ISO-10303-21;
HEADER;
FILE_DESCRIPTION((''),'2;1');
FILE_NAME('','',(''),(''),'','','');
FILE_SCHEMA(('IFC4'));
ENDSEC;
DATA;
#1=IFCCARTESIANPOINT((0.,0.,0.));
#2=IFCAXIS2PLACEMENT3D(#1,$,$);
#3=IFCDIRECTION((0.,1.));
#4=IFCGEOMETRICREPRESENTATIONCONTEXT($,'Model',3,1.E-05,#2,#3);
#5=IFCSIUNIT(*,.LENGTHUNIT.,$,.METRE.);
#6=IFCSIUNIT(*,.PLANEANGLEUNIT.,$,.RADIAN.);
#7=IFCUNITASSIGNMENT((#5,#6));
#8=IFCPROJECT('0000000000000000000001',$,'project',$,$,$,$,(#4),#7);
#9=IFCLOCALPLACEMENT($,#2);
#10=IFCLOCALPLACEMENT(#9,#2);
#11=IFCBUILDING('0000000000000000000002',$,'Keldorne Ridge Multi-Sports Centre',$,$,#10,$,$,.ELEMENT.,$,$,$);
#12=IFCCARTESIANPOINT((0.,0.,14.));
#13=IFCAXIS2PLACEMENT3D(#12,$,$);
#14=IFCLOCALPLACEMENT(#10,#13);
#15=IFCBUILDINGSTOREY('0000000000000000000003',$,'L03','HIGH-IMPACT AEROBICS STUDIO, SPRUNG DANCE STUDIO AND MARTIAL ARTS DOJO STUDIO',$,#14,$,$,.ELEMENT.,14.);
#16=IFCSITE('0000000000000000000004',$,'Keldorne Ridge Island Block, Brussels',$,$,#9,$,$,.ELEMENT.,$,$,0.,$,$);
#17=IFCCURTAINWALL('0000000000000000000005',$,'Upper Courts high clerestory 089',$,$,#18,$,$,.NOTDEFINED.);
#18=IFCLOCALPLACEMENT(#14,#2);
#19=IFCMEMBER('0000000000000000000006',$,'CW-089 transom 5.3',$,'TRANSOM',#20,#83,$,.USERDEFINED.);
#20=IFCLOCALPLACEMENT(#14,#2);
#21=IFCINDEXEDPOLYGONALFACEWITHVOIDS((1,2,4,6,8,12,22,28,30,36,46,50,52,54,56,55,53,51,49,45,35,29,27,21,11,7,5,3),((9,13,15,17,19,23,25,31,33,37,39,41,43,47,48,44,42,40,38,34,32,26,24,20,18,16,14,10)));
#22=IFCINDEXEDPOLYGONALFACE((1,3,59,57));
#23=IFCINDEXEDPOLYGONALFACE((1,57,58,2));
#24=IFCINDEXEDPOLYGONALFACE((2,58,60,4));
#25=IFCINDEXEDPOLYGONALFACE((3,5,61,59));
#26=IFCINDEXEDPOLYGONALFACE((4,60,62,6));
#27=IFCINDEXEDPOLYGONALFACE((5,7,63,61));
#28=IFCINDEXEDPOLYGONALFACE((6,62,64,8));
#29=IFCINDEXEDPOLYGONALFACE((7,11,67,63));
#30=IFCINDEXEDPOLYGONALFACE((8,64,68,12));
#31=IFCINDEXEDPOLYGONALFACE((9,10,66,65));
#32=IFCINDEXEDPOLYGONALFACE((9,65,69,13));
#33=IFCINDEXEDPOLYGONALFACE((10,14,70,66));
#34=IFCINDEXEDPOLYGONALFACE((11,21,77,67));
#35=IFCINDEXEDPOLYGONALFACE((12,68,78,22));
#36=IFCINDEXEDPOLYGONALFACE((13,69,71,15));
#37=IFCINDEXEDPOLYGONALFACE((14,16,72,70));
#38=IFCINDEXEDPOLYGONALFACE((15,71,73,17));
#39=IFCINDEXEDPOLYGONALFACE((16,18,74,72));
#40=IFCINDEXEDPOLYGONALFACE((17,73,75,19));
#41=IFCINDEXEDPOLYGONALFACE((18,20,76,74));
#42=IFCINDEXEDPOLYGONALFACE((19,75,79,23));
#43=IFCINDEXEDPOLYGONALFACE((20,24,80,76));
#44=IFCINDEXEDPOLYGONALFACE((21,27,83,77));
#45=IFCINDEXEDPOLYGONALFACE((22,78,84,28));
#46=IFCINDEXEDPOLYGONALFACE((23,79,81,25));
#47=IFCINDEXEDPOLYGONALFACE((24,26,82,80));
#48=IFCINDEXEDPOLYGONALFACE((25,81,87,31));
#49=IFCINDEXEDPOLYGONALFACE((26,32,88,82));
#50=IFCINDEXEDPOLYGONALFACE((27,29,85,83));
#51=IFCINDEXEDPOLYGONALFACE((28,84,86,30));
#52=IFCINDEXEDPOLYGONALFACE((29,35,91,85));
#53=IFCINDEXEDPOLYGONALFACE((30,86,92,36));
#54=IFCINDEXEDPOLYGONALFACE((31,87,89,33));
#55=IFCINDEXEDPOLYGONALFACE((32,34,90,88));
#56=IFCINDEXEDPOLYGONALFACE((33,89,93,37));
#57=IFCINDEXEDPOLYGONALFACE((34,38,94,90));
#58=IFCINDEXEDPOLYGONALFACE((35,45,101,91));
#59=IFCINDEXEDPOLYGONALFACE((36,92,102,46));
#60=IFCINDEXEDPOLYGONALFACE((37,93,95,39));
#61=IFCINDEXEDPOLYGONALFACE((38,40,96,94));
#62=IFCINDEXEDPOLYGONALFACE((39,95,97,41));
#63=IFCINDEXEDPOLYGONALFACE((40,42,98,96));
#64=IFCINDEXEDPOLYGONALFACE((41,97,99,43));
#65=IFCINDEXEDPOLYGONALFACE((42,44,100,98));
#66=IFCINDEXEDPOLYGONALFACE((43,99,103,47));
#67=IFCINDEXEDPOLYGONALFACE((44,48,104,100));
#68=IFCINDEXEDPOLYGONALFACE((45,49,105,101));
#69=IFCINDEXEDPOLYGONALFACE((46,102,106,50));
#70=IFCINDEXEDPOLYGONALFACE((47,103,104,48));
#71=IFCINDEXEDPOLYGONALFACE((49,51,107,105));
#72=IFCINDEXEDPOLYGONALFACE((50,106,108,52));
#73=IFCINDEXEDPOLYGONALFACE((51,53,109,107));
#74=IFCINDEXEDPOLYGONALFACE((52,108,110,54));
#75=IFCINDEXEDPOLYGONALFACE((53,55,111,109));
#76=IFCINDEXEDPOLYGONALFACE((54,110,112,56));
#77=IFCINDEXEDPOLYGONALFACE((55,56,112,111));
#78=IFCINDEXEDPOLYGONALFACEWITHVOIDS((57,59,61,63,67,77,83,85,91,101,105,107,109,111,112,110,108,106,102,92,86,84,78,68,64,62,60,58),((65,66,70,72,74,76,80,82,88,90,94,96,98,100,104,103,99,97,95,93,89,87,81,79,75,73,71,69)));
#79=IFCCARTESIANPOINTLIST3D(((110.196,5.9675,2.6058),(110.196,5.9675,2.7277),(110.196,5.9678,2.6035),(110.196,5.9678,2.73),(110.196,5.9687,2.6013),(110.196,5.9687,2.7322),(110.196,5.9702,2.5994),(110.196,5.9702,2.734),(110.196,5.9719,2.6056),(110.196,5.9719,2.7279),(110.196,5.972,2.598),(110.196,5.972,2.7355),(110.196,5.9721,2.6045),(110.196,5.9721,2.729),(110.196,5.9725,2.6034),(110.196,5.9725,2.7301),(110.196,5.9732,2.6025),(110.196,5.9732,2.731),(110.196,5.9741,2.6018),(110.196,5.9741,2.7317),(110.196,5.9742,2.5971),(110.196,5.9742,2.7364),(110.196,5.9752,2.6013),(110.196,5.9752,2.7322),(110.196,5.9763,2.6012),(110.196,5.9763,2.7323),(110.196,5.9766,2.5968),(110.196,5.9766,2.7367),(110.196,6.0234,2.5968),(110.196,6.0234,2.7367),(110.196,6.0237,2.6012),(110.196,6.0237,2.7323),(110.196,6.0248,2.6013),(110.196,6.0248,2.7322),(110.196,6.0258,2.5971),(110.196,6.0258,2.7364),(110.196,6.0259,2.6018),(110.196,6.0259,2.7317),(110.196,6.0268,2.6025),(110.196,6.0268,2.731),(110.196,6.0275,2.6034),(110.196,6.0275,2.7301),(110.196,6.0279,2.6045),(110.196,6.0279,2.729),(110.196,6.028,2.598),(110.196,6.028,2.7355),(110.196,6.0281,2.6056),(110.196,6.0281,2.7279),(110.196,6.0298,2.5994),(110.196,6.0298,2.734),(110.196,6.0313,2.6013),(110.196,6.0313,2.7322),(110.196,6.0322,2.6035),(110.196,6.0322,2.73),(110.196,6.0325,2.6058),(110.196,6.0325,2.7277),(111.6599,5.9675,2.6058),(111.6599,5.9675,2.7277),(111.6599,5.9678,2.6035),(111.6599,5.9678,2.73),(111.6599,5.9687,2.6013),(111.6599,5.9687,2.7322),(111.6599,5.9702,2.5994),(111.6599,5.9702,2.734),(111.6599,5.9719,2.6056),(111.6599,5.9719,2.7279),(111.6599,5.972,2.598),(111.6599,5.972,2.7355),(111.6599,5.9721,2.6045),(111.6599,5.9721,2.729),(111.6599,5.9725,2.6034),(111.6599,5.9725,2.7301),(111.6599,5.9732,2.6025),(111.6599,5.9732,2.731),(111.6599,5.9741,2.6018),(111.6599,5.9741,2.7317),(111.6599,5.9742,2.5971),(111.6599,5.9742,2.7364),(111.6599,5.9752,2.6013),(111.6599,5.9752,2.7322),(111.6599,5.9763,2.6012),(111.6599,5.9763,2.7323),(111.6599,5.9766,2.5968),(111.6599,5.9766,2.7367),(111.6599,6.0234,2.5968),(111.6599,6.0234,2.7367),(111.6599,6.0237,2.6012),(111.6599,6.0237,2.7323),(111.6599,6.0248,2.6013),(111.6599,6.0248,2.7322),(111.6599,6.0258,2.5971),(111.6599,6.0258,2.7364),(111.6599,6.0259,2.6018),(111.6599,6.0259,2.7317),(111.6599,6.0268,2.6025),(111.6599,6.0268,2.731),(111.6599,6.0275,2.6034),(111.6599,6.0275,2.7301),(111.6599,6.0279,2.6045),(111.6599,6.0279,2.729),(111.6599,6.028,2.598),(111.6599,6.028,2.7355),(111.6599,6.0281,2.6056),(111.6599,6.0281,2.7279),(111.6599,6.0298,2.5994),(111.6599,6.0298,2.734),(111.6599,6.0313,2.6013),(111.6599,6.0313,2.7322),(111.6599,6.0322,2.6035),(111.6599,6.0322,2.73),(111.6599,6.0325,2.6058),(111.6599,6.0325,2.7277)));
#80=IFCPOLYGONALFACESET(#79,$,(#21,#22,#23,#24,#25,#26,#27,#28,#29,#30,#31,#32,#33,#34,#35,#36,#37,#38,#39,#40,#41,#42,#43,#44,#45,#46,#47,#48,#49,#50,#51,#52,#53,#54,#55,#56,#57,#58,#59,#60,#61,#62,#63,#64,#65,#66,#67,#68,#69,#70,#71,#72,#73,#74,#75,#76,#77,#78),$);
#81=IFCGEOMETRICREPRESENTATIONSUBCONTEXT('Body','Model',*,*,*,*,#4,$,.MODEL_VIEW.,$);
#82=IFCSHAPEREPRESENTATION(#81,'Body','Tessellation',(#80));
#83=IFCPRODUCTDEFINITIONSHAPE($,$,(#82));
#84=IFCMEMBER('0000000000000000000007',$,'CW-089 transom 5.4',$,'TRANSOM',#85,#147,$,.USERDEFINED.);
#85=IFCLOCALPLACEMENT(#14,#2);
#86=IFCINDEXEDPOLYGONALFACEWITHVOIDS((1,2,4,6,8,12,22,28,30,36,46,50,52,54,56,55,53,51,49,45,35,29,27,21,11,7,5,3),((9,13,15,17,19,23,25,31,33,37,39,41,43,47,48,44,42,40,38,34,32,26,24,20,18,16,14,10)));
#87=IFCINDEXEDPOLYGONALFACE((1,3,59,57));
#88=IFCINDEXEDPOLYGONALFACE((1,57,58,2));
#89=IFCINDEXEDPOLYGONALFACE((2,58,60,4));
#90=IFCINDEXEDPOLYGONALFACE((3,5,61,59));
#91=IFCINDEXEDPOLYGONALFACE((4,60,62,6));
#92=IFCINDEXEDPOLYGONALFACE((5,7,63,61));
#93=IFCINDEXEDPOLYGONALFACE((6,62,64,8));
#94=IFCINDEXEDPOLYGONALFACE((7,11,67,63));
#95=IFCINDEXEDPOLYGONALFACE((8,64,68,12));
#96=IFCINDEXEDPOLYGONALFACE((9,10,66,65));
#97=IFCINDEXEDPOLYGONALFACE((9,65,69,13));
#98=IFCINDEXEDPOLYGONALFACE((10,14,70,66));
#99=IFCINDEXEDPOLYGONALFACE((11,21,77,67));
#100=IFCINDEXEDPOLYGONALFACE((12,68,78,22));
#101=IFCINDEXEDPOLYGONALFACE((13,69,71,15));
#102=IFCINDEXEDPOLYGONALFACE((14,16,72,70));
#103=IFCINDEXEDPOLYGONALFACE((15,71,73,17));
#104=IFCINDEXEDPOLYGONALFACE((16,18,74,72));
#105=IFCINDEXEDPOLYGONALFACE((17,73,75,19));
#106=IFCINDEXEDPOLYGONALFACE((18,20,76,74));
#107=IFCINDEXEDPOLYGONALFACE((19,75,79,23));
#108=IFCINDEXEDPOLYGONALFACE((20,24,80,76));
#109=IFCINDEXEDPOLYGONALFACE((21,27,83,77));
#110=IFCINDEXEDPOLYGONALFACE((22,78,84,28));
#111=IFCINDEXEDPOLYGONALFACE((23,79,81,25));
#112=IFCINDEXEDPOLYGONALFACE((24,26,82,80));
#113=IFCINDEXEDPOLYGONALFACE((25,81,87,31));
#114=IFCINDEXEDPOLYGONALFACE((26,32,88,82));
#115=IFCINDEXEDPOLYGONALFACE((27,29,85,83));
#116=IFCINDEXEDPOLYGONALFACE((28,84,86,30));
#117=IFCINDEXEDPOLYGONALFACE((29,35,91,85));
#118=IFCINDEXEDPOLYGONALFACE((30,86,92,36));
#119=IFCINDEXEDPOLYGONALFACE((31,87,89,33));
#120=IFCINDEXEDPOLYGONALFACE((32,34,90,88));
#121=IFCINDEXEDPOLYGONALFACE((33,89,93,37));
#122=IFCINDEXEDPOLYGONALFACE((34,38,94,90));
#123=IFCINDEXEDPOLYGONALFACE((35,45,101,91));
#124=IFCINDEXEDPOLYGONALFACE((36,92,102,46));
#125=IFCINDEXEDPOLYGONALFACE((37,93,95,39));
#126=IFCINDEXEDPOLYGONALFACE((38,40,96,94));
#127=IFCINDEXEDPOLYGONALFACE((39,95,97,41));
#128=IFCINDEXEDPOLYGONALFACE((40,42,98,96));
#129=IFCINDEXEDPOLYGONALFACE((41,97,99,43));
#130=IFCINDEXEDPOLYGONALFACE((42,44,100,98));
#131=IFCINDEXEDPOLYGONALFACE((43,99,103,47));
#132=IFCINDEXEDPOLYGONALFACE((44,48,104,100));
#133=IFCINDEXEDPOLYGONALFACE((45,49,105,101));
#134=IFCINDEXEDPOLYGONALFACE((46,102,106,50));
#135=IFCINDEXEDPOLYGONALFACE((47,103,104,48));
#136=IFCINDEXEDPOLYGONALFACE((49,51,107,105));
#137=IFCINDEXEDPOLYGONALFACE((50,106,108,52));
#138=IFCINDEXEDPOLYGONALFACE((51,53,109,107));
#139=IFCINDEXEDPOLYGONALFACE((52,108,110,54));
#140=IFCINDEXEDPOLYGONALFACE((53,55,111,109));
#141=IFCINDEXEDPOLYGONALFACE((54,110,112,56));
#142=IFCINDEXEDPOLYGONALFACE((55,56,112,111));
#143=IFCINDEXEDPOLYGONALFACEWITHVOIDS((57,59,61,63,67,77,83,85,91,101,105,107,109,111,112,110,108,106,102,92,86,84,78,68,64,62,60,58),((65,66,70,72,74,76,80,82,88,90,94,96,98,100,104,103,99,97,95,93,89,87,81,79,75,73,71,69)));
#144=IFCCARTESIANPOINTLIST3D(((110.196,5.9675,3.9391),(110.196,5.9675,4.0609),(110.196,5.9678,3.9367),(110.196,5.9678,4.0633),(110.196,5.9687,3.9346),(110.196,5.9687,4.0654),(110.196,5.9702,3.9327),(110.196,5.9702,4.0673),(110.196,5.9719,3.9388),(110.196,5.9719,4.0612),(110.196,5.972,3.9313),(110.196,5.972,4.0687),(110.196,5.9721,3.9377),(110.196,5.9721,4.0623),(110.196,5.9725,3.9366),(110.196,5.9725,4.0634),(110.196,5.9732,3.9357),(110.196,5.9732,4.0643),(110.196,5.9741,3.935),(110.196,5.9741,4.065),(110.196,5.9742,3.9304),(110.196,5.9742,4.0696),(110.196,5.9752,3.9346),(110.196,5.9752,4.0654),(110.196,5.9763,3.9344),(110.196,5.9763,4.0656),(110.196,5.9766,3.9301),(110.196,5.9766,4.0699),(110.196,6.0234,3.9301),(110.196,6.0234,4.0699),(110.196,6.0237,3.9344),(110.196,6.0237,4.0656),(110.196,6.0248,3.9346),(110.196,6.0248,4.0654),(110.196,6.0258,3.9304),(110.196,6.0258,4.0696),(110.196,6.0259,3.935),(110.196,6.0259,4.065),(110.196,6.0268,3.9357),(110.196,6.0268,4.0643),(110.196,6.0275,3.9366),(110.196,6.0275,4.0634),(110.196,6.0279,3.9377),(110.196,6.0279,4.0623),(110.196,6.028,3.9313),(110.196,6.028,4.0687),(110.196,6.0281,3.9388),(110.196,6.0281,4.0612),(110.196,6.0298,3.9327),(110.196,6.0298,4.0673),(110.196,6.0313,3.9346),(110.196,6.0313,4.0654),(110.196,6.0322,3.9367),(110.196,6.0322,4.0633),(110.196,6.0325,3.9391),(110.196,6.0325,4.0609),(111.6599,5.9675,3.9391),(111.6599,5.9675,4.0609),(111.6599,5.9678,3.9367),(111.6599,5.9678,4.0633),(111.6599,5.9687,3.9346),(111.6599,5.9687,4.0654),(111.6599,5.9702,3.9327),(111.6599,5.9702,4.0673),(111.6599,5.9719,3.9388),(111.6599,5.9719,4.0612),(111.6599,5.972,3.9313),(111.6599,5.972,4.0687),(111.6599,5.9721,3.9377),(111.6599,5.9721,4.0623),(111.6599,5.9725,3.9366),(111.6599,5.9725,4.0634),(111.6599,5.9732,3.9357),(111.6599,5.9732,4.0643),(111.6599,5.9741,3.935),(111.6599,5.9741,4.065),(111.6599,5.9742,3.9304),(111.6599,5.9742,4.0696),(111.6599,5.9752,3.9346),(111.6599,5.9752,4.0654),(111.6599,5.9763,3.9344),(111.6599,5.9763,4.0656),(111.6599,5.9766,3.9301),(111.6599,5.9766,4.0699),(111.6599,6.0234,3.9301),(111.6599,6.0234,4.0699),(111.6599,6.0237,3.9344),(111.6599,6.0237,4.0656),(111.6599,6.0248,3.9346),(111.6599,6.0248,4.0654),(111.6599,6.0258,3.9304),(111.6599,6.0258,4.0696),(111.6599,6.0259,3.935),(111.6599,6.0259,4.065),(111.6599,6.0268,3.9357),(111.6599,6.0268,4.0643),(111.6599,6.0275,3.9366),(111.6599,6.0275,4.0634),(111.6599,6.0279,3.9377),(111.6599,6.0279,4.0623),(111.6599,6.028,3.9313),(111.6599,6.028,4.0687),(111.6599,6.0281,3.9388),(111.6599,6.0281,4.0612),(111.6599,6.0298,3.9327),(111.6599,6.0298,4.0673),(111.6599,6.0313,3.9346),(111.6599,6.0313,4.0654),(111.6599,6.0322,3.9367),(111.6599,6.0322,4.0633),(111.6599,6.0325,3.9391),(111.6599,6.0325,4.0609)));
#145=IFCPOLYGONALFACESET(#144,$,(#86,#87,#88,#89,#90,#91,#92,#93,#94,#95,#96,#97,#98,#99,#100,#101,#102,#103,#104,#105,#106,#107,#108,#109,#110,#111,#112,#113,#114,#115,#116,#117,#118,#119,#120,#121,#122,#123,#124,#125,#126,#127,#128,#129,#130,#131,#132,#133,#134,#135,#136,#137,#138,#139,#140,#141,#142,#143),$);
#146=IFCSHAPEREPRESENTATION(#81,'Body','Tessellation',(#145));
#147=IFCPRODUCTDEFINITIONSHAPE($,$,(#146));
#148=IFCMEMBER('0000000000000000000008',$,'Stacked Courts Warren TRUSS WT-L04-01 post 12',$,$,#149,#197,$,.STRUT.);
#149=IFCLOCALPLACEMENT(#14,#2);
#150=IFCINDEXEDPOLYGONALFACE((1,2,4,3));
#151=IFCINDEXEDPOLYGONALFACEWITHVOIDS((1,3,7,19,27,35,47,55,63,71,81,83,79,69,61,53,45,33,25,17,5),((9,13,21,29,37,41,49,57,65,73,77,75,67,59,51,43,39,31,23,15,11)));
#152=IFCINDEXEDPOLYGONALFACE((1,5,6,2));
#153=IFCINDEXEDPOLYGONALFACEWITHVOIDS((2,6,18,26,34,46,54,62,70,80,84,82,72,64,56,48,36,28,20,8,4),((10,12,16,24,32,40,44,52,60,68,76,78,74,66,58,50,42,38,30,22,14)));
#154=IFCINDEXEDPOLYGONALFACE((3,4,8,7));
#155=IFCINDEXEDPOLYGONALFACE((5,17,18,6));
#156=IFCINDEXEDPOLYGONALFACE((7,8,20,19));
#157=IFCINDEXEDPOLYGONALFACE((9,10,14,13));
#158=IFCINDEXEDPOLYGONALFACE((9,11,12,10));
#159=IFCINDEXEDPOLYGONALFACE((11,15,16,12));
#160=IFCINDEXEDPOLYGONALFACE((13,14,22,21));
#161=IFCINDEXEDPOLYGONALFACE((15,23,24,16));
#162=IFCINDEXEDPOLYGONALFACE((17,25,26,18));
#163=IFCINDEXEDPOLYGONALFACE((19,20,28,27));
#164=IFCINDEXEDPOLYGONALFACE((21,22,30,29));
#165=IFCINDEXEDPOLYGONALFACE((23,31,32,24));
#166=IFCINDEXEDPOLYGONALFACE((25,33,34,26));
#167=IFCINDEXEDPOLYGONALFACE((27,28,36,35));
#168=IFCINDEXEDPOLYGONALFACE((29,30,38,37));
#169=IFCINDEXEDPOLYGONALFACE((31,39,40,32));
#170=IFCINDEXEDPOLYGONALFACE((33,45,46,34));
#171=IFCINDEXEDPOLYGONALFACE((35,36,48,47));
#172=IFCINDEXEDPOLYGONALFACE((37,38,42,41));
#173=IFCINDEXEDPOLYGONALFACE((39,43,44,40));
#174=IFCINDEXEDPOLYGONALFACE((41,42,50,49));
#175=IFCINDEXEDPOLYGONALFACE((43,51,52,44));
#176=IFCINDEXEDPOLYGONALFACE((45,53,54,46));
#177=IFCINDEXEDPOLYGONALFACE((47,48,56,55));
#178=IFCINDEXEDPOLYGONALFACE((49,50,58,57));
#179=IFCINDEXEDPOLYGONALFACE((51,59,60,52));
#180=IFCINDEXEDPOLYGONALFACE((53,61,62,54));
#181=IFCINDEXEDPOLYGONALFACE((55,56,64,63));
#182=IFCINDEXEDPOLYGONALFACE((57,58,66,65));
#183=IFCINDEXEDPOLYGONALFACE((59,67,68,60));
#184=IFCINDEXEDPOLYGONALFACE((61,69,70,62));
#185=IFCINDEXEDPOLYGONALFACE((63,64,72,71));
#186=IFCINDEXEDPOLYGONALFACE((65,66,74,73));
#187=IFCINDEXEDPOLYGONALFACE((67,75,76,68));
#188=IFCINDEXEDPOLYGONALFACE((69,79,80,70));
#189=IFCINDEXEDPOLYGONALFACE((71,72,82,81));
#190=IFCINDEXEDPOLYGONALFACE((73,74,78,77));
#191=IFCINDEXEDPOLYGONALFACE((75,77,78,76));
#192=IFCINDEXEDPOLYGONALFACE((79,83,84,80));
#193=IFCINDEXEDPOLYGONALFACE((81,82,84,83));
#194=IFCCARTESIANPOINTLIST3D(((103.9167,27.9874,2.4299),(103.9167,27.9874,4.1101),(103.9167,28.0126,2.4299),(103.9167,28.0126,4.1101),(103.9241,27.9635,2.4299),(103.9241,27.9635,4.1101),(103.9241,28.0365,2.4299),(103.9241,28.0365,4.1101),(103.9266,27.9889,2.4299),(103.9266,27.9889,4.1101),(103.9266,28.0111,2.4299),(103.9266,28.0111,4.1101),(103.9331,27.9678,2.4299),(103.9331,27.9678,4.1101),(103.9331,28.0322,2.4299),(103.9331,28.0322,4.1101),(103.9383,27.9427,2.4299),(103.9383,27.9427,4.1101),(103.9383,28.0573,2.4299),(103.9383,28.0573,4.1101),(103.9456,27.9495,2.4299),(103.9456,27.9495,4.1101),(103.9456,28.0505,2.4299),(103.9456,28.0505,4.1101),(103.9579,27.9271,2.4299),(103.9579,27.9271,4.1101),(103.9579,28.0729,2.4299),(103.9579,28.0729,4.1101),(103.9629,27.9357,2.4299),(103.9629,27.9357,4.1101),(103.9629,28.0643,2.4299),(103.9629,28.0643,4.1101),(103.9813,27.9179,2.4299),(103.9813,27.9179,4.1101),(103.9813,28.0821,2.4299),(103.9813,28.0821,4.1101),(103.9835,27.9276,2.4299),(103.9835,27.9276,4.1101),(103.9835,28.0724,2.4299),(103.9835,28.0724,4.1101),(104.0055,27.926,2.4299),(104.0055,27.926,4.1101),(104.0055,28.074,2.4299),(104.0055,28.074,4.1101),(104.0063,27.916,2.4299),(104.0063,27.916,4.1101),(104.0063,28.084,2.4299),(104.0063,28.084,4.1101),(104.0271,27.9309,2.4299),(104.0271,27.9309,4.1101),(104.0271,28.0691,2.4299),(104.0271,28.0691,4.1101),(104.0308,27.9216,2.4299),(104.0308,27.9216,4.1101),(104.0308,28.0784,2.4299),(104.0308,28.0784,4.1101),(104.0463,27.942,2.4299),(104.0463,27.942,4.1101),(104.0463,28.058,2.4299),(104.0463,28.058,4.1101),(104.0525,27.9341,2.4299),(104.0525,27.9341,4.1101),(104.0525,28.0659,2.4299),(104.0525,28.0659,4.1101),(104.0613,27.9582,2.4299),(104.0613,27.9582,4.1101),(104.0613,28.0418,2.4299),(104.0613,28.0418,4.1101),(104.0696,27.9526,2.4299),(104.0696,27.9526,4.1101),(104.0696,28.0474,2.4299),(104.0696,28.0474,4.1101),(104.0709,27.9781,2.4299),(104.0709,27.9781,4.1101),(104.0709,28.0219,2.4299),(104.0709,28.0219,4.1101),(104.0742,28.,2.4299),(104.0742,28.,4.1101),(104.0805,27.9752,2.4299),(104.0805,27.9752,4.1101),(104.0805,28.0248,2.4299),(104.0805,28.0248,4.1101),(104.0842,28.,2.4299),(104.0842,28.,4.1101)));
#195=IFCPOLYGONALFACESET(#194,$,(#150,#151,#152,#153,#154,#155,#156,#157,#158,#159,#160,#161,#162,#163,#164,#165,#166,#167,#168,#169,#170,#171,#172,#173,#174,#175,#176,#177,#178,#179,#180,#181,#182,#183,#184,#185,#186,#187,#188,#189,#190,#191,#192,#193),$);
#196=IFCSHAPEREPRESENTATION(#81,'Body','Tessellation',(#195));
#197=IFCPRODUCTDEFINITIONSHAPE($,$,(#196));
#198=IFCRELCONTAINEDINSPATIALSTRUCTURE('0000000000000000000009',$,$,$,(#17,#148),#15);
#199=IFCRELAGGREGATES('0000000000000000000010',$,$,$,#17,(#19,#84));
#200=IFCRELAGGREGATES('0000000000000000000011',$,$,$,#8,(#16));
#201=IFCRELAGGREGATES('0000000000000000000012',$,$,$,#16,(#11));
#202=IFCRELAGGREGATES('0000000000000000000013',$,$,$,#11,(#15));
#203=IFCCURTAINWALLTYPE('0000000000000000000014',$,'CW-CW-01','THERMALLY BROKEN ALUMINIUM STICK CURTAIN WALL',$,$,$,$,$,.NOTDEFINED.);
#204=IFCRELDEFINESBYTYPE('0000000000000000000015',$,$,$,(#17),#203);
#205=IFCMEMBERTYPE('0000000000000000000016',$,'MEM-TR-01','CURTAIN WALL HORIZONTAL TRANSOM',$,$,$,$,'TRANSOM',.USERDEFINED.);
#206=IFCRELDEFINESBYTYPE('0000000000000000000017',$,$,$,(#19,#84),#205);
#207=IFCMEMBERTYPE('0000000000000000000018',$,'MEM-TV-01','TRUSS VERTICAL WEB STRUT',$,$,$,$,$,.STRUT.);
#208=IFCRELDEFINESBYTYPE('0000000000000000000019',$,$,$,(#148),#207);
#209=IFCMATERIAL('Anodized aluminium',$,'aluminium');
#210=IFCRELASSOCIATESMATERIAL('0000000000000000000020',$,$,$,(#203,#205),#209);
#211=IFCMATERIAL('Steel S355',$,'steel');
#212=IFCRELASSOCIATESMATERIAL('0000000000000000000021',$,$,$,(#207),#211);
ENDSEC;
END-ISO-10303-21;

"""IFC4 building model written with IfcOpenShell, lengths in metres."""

from ifc_helpers import new_model, si_unit, direction, frame, origin, origin_2d, place, context, subcontext, project, spatial, hollow_rectangle, hollow_circle, extrude, material, material_profile, profile_set, type_object, element, aggregate, save


model = new_model("IFC4")

# Units and contexts
model_context = context("Model", 3, precision=1e-05, world=origin(), true_north=direction((0.0, 1.0)))
body_context = subcontext(model_context, "Body", "Model", "MODEL_VIEW")
ifc_project = project(units=[si_unit("LENGTHUNIT", "METRE"), si_unit("PLANEANGLEUNIT", "RADIAN")], contexts=[model_context])

# Site, building, storey
site_placement = place(None, origin())
site = spatial("IfcSite", under=ifc_project, at=site_placement, Name="Keldorne Ridge Island Block, Brussels", CompositionType="ELEMENT", RefElevation=0.0)
building_placement = place(site_placement, origin())
building = spatial("IfcBuilding", under=site, at=building_placement, Name="Keldorne Ridge Multi-Sports Centre", CompositionType="ELEMENT")
storey_placement = place(building_placement, frame((0.0, 0.0, 14.0)))
storey = spatial("IfcBuildingStorey", under=building, at=storey_placement, Name="L03", Description="HIGH-IMPACT AEROBICS STUDIO, SPRUNG DANCE STUDIO AND MARTIAL ARTS DOJO STUDIO", CompositionType="ELEMENT", Elevation=14.0)

# Shared definitions
ifc_material_1 = material(Name="Steel S355", Category="steel")

# Curtain wall
ifc_material_2 = material(Name="Anodized aluminium", Category="aluminium")
curtain_wall_type = type_object("IfcCurtainWallType", Name="CW-CW-01", Description="THERMALLY BROKEN ALUMINIUM STICK CURTAIN WALL", PredefinedType="NOTDEFINED", material=ifc_material_2)
curtain_wall_placement = place(storey_placement, origin())
curtain_wall = element("IfcCurtainWall", 1, at=curtain_wall_placement, inside=storey, type_object=curtain_wall_type, Name="Upper Courts high clerestory 089", PredefinedType="NOTDEFINED")

# Members
ifc_material_profile_1 = material_profile(ifc_material_2, hollow_rectangle(XDim=0.0649, YDim=0.1399, WallThickness=0.0044, InnerFilletRadius=0.0044, OuterFilletRadius=0.009, at=origin_2d()), Name="ALU TRANSOM 140x65x4.5")
ifc_profile_set_1 = profile_set([ifc_material_profile_1], Name="Anodized aluminium")
member_type_1 = type_object("IfcMemberType", Name="MEM-TR-01", Description="CURTAIN WALL HORIZONTAL TRANSOM", ElementType="TRANSOM", PredefinedType="USERDEFINED", material=ifc_profile_set_1)
member_1_placement = place(storey_placement, frame((110.196, 6.0, 2.6667), z_axis=(1.0, 0.0, 0.0), x_axis=(0.0, 1.0, 0.0)))
member_1 = element("IfcMember", 2, at=member_1_placement, type_object=member_type_1, Name="CW-089 transom 5.3", ObjectType="TRANSOM", PredefinedType="USERDEFINED", context=body_context, shape_type="SweptSolid", body=[
    extrude(hollow_rectangle(XDim=0.0649, YDim=0.1399, WallThickness=0.0044, InnerFilletRadius=0.0044, OuterFilletRadius=0.009, at=origin_2d()), origin(), (0.0, 0.0, 1.0), 1.4639),
])
member_2_placement = place(storey_placement, frame((110.196, 6.0, 4.0), z_axis=(1.0, 0.0, 0.0), x_axis=(0.0, 1.0, 0.0)))
member_2 = element("IfcMember", 3, at=member_2_placement, type_object=member_type_1, Name="CW-089 transom 5.4", ObjectType="TRANSOM", PredefinedType="USERDEFINED", context=body_context, shape_type="SweptSolid", body=[
    extrude(hollow_rectangle(XDim=0.0649, YDim=0.1399, WallThickness=0.0044, InnerFilletRadius=0.0044, OuterFilletRadius=0.009, at=origin_2d()), origin(), (0.0, 0.0, 1.0), 1.4639),
])

# Member
ifc_material_profile_2 = material_profile(ifc_material_1, hollow_circle(Radius=0.0842, WallThickness=0.01, at=origin_2d()), Name="CHS 168.3x10")
ifc_profile_set_2 = profile_set([ifc_material_profile_2], Name="Steel S355")
member_type_2 = type_object("IfcMemberType", Name="MEM-TV-01", Description="TRUSS VERTICAL WEB STRUT", PredefinedType="STRUT", material=ifc_profile_set_2)
for number, where, z_axis, x_axis, name in (
    (4, (104.0, 28.0, 2.4299), (0.0, 0.0, 1.0), (1.0, 0.0, 0.0), "Stacked Courts Warren TRUSS WT-L04-01 post 12"),
):
    element("IfcMember", number, at=place(storey_placement, frame(where, z_axis=z_axis, x_axis=x_axis)), inside=storey, type_object=member_type_2, Name=name, PredefinedType="STRUT", context=body_context, shape_type="SweptSolid", body=[
        extrude(hollow_circle(Radius=0.0842, WallThickness=0.01, at=origin_2d()), origin(), (0.0, 0.0, 1.0), 1.6802),
    ])

aggregate(curtain_wall, [member_1, member_2])

save(model, "model.ifc")
